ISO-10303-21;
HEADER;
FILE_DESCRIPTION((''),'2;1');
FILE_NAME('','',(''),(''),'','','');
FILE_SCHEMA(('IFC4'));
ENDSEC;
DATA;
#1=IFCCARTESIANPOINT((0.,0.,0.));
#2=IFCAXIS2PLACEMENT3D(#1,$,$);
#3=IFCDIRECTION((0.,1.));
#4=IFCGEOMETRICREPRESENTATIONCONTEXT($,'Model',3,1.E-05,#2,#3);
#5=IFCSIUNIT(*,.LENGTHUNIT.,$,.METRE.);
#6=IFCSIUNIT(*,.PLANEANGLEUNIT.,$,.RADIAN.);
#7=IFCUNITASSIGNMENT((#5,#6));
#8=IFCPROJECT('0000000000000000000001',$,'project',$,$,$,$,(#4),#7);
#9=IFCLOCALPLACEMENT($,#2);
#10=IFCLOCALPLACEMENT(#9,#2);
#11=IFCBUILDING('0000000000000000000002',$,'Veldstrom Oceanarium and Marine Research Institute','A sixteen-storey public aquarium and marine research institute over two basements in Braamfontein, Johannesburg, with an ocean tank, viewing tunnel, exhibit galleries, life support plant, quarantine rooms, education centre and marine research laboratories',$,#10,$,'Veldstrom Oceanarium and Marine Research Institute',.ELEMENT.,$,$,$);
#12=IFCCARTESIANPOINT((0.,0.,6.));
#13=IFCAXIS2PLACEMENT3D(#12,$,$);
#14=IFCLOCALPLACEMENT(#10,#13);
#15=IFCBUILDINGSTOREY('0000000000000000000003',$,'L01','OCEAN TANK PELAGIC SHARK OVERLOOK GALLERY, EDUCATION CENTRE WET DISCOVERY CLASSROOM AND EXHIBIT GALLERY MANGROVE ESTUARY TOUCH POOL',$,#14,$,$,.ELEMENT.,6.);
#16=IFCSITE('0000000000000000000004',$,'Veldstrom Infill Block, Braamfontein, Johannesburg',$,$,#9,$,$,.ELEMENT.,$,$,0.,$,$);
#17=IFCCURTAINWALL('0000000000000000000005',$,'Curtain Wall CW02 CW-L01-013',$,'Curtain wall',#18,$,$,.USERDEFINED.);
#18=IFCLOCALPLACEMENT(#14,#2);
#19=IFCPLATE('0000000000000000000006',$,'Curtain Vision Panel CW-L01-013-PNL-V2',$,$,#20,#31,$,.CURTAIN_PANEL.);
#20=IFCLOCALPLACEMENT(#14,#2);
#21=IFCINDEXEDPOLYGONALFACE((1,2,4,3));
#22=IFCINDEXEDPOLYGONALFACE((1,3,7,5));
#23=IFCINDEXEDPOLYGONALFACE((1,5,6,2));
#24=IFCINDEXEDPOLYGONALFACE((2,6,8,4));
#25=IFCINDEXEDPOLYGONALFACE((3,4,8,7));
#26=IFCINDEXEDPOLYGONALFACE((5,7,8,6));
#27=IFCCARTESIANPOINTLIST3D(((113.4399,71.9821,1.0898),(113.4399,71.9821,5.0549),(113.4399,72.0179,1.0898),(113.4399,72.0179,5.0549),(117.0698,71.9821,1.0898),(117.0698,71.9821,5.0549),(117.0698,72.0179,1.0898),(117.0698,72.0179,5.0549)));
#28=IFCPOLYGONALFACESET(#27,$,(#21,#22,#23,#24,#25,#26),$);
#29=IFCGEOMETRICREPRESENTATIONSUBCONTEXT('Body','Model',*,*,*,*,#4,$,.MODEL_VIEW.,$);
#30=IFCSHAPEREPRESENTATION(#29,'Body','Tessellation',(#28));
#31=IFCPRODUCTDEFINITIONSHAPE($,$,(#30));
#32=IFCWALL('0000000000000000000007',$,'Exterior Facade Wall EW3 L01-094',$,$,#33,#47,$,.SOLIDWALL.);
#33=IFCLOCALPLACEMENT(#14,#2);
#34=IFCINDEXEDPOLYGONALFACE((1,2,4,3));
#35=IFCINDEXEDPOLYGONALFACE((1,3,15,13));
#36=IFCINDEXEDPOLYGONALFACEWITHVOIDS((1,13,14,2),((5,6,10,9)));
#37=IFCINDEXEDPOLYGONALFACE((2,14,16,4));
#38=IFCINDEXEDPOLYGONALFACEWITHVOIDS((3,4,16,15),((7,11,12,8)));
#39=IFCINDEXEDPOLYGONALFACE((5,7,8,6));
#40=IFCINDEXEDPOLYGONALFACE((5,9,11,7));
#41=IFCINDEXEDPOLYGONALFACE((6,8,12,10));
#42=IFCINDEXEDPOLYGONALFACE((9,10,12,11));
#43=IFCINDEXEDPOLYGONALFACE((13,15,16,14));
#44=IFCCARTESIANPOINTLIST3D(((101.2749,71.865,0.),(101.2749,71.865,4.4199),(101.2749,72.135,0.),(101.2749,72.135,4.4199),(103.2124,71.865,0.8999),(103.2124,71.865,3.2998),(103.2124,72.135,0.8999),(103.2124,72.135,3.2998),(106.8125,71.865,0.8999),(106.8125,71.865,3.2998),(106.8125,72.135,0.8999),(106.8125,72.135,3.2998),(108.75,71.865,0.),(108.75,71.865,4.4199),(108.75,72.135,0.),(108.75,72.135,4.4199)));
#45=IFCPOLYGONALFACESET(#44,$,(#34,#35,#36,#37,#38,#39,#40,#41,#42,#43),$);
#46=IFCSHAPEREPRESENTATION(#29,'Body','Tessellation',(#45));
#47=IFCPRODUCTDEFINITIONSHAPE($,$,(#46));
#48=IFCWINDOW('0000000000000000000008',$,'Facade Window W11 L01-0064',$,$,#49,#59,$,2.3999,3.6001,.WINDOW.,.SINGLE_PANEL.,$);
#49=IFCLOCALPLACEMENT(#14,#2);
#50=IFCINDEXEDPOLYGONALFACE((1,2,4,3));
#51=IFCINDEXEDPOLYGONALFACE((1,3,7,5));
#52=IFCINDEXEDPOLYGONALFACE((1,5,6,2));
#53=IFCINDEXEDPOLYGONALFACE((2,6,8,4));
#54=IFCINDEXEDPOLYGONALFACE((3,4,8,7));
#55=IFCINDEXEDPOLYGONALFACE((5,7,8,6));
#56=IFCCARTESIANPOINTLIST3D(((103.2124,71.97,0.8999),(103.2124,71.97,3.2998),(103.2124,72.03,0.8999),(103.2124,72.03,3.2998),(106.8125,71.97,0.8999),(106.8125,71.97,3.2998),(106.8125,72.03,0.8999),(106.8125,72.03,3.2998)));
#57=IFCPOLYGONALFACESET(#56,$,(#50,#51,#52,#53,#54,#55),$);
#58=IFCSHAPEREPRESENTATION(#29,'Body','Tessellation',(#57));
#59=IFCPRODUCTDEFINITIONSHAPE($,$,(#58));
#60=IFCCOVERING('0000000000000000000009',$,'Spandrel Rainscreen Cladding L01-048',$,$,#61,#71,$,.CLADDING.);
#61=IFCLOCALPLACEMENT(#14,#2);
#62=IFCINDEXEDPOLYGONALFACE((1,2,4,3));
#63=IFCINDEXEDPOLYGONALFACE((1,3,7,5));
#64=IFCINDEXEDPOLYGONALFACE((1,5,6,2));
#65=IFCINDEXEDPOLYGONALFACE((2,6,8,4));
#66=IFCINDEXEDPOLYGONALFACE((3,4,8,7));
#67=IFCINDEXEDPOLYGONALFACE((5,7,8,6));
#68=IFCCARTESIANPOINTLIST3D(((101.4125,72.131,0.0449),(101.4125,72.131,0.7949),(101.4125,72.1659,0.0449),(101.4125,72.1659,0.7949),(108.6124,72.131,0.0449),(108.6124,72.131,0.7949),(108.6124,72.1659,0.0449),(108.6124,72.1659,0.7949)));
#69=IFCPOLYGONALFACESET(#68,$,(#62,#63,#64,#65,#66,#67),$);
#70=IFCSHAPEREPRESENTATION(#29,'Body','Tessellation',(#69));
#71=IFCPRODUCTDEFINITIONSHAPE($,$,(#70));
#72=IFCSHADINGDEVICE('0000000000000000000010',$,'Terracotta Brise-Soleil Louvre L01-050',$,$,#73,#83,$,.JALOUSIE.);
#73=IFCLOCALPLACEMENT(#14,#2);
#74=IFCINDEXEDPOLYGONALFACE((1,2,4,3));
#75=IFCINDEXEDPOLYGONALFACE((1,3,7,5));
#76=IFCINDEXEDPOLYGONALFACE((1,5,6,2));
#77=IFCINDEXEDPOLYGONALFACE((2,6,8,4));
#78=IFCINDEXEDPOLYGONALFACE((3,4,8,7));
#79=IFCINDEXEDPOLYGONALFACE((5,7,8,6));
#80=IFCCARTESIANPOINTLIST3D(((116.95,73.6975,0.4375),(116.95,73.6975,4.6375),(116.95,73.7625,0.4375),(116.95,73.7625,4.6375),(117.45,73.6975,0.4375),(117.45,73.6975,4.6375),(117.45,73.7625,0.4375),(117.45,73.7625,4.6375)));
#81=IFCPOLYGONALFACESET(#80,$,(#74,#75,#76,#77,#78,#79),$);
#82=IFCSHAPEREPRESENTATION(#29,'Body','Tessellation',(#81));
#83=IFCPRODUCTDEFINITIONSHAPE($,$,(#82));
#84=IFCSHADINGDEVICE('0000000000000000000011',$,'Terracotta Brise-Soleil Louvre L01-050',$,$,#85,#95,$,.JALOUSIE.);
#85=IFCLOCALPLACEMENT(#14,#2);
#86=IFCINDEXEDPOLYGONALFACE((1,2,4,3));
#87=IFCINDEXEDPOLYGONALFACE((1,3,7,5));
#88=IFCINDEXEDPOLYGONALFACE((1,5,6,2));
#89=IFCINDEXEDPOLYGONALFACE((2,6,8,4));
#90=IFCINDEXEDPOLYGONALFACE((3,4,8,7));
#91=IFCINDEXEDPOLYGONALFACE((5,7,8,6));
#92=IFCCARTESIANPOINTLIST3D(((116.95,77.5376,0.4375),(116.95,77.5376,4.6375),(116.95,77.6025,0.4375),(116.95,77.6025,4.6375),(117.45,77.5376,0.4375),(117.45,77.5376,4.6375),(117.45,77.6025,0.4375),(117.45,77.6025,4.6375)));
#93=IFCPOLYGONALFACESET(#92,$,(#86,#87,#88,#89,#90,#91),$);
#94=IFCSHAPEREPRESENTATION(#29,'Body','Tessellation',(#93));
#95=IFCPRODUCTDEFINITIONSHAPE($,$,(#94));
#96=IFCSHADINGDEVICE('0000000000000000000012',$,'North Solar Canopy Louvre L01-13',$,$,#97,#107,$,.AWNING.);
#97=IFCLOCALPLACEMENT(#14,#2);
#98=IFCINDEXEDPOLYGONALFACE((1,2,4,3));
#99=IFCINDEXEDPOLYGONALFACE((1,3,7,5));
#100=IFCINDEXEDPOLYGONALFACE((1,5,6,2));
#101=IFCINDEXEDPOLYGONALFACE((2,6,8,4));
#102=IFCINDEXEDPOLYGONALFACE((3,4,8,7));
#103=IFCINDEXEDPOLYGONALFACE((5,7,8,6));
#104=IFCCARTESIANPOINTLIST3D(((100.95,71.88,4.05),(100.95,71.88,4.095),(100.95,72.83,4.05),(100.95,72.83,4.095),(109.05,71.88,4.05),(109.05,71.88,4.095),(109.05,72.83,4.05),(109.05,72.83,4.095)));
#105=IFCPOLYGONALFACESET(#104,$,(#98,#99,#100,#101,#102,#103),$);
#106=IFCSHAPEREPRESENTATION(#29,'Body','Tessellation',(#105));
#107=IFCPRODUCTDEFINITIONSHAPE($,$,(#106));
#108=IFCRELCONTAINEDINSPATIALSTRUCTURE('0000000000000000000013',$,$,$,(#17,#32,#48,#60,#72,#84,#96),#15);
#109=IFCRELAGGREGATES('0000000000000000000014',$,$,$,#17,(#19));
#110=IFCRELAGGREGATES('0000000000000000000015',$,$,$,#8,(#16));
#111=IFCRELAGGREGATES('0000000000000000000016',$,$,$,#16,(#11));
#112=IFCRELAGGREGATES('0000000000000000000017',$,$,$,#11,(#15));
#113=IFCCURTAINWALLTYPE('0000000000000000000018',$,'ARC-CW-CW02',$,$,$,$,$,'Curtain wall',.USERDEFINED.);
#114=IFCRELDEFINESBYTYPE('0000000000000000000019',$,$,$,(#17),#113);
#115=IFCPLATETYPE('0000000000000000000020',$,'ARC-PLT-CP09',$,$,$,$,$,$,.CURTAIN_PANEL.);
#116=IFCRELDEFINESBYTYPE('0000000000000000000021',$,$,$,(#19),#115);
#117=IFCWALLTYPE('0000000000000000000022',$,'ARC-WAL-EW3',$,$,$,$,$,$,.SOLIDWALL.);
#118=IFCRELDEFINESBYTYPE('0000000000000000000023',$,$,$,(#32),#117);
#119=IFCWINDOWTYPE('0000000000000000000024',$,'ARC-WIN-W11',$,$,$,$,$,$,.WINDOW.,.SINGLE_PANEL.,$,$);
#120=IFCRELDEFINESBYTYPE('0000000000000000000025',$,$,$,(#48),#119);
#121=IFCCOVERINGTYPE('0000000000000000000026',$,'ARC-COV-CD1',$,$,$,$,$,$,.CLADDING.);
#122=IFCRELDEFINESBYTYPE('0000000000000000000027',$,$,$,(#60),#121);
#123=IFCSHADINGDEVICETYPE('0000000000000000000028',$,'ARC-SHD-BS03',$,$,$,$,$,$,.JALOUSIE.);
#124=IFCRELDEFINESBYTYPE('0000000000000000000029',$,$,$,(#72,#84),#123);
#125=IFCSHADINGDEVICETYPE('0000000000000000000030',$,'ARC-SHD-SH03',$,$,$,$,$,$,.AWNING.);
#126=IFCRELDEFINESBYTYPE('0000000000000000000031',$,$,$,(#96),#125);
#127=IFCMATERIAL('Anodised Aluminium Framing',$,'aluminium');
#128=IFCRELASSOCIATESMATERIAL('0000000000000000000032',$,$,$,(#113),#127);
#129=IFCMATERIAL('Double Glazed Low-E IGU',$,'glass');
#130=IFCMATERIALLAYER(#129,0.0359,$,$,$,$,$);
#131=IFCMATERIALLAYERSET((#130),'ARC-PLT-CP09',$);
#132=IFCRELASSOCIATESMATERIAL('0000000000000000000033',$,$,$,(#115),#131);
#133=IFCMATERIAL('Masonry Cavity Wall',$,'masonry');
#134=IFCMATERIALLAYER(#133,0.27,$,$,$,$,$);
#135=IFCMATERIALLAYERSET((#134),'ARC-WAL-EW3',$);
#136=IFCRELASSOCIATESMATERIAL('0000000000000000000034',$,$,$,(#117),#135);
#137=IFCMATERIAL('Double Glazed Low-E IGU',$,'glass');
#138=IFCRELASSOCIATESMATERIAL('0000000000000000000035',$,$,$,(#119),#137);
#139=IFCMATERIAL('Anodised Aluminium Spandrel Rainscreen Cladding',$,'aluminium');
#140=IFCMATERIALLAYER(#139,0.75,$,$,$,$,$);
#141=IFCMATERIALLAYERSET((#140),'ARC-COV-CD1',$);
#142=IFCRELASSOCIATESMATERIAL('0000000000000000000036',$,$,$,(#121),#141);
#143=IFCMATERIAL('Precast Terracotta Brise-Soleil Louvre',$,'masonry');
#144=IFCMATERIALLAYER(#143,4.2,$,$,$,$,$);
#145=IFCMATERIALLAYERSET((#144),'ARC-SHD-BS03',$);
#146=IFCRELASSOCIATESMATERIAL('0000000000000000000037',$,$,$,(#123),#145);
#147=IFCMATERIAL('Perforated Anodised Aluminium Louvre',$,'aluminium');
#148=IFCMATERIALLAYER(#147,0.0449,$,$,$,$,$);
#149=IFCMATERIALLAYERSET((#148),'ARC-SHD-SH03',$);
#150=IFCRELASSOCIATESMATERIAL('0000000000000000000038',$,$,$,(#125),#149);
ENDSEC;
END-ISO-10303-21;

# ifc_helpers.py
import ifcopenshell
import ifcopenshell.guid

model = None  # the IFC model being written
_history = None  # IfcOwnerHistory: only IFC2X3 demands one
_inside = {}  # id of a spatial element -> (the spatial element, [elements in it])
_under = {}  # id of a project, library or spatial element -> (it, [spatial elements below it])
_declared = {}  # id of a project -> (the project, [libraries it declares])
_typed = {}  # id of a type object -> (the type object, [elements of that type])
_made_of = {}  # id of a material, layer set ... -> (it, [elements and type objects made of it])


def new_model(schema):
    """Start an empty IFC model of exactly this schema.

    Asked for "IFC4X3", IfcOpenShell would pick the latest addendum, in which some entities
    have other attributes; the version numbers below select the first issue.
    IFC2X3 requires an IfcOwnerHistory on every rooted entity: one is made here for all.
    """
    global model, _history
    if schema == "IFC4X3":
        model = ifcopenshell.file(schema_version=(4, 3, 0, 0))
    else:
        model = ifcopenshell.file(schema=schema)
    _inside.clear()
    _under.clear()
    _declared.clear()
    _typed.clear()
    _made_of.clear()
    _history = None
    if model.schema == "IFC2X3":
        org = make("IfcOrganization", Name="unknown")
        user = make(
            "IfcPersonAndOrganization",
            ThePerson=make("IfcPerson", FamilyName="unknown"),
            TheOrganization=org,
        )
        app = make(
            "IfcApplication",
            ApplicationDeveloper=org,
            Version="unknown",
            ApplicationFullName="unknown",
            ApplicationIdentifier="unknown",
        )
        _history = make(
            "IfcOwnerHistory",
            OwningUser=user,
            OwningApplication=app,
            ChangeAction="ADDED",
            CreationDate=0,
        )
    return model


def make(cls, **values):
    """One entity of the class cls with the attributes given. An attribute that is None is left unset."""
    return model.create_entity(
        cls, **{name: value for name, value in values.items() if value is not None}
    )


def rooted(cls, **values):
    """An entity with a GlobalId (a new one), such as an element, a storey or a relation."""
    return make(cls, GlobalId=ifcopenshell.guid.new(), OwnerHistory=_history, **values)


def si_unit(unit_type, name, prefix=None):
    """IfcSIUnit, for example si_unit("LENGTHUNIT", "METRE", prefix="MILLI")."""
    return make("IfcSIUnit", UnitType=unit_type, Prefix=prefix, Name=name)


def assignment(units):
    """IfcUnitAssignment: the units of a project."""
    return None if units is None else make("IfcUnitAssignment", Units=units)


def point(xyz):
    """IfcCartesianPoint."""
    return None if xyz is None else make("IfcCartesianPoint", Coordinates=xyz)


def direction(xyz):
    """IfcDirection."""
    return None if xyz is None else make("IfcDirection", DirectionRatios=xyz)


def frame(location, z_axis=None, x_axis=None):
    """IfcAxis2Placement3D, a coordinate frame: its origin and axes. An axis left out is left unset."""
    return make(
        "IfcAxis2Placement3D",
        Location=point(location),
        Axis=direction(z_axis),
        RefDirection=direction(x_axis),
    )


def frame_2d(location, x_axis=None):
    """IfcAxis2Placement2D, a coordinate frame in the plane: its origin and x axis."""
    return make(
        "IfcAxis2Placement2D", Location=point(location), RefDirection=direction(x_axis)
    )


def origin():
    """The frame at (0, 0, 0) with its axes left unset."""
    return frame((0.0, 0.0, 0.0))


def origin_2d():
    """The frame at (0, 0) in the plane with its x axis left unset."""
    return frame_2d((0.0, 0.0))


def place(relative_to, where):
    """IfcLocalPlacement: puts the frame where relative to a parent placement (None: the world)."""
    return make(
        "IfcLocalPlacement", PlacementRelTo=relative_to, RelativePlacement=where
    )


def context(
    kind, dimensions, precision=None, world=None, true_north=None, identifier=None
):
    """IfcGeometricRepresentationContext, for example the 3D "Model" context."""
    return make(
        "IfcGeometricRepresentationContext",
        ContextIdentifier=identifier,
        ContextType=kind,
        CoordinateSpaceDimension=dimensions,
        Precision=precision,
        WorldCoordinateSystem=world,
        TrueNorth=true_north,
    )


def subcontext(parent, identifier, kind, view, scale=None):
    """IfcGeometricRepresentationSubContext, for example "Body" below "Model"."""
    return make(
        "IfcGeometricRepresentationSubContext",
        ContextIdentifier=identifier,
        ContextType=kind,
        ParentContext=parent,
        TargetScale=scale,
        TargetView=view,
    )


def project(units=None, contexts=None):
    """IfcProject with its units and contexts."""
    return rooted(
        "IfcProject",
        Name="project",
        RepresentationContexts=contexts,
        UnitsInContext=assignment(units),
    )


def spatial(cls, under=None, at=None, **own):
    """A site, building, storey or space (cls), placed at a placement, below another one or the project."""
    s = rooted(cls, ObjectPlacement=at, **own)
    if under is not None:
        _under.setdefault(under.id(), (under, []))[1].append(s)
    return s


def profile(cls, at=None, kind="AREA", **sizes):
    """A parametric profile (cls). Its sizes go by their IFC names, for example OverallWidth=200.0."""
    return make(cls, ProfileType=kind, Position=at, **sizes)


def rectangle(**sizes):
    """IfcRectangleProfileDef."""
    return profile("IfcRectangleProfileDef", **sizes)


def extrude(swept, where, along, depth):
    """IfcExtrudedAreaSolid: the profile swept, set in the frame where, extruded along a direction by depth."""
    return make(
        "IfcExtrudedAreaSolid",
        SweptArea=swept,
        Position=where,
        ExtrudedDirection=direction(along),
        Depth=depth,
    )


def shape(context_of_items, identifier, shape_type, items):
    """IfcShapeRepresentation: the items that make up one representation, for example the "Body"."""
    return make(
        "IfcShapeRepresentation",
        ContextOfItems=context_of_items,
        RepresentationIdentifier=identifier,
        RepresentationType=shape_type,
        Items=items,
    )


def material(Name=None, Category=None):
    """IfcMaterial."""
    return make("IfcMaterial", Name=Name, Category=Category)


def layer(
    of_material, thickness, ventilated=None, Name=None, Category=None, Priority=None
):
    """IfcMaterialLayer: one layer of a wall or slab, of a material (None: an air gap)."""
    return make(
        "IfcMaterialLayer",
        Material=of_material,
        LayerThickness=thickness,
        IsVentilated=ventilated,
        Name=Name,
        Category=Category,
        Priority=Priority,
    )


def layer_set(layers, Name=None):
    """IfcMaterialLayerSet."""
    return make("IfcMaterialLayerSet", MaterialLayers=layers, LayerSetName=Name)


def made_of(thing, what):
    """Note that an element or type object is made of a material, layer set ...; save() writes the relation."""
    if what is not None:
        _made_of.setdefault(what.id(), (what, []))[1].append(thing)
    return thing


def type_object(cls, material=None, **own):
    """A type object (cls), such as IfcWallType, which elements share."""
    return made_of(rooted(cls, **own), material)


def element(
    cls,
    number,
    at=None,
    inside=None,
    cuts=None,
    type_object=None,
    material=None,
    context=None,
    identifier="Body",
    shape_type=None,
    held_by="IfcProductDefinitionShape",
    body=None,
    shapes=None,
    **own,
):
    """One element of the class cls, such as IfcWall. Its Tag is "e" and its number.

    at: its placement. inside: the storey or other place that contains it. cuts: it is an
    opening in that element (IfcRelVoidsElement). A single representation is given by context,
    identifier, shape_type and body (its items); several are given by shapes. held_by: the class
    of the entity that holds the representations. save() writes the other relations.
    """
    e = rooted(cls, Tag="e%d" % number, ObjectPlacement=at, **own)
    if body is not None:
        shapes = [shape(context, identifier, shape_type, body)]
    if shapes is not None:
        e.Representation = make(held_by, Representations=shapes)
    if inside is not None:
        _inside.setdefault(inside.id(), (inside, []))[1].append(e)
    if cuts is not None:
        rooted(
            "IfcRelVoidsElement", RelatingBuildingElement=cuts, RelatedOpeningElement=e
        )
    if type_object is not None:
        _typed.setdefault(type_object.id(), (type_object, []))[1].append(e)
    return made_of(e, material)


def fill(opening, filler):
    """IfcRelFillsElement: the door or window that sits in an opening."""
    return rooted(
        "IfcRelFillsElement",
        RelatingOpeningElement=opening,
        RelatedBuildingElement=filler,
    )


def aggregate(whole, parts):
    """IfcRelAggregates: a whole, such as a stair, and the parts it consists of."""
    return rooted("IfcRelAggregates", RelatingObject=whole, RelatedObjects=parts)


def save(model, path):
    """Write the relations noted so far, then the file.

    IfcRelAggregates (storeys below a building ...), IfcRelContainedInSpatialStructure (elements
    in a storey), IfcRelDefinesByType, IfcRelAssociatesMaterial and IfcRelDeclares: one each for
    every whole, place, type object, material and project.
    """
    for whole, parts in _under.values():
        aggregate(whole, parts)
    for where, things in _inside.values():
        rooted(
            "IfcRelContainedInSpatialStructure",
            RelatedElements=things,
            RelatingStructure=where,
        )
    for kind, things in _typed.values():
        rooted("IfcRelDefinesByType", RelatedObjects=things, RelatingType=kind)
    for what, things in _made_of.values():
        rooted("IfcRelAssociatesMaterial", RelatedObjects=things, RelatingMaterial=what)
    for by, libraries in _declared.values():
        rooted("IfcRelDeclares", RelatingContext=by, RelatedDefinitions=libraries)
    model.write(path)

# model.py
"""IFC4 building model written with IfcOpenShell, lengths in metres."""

from ifc_helpers import new_model, si_unit, direction, frame, frame_2d, origin, origin_2d, place, context, subcontext, project, spatial, rectangle, extrude, material, layer, layer_set, type_object, element, fill, aggregate, save


model = new_model("IFC4")

# Units and contexts
model_context = context("Model", 3, precision=1e-05, world=origin(), true_north=direction((0.0, 1.0)))
body_context = subcontext(model_context, "Body", "Model", "MODEL_VIEW")
ifc_project = project(units=[si_unit("LENGTHUNIT", "METRE"), si_unit("PLANEANGLEUNIT", "RADIAN")], contexts=[model_context])

# Site, building, storey
site_placement = place(None, origin())
site = spatial("IfcSite", under=ifc_project, at=site_placement, Name="Veldstrom Infill Block, Braamfontein, Johannesburg", CompositionType="ELEMENT", RefElevation=0.0)
building_placement = place(site_placement, origin())
building = spatial("IfcBuilding", under=site, at=building_placement, Name="Veldstrom Oceanarium and Marine Research Institute", Description="A sixteen-storey public aquarium and marine research institute over two basements in Braamfontein, Johannesburg, with an ocean tank, viewing tunnel, exhibit galleries, life support plant, quarantine rooms, education centre and marine research laboratories", LongName="Veldstrom Oceanarium and Marine Research Institute", CompositionType="ELEMENT")
storey_placement = place(building_placement, frame((0.0, 0.0, 6.0)))
storey = spatial("IfcBuildingStorey", under=building, at=storey_placement, Name="L01", Description="OCEAN TANK PELAGIC SHARK OVERLOOK GALLERY, EDUCATION CENTRE WET DISCOVERY CLASSROOM AND EXHIBIT GALLERY MANGROVE ESTUARY TOUCH POOL", CompositionType="ELEMENT", Elevation=6.0)

# Shared definitions
ifc_material_1 = material(Name="Anodised Aluminium Framing", Category="aluminium")
curtain_wall_type = type_object("IfcCurtainWallType", Name="ARC-CW-CW02", ElementType="Curtain wall", PredefinedType="USERDEFINED", material=ifc_material_1)

# Curtain wall
curtain_wall_1_placement = place(storey_placement, origin())
curtain_wall_1 = element("IfcCurtainWall", 1, at=curtain_wall_1_placement, inside=storey, type_object=curtain_wall_type, Name="Curtain Wall CW02 CW-L01-013", ObjectType="Curtain wall", PredefinedType="USERDEFINED")

# Plate
ifc_material_2 = material(Name="Double Glazed Low-E IGU", Category="glass")
ifc_layer_1 = layer(ifc_material_2, 0.0359)
ifc_layer_set_1 = layer_set([ifc_layer_1], Name="ARC-PLT-CP09")
plate_type_1 = type_object("IfcPlateType", Name="ARC-PLT-CP09", PredefinedType="CURTAIN_PANEL", material=ifc_layer_set_1)
plate_1_placement = place(storey_placement, frame((115.2549, 72.0, 1.0898), z_axis=(0.0, 0.0, 1.0), x_axis=(1.0, 0.0, 0.0)))
plate_1 = element("IfcPlate", 2, at=plate_1_placement, type_object=plate_type_1, Name="Curtain Vision Panel CW-L01-013-PNL-V2", PredefinedType="CURTAIN_PANEL", context=body_context, shape_type="SweptSolid", body=[
    extrude(rectangle(XDim=3.6299, YDim=0.0359, at=origin_2d()), origin(), (0.0, 0.0, 1.0), 3.9651),
])
aggregate(curtain_wall_1, [plate_1])

# Wall, opening, window
ifc_material_3 = material(Name="Masonry Cavity Wall", Category="masonry")
ifc_layer_2 = layer(ifc_material_3, 0.27)
ifc_layer_set_2 = layer_set([ifc_layer_2], Name="ARC-WAL-EW3")
wall_type = type_object("IfcWallType", Name="ARC-WAL-EW3", PredefinedType="SOLIDWALL", material=ifc_layer_set_2)
wall_placement = place(storey_placement, frame((101.2749, 72.0, 0.0), z_axis=(0.0, 0.0, 1.0), x_axis=(1.0, 0.0, 0.0)))
wall = element("IfcWall", 3, at=wall_placement, inside=storey, type_object=wall_type, Name="Exterior Facade Wall EW3 L01-094", PredefinedType="SOLIDWALL", context=body_context, shape_type="SweptSolid", body=[
    extrude(rectangle(XDim=7.4751, YDim=0.27, at=frame_2d((3.7375, 0.0))), origin(), (0.0, 0.0, 1.0), 4.4199),
])
opening_placement = place(wall_placement, frame((1.9375, 0.0, 0.8999)))
opening = element("IfcOpeningElement", 4, at=opening_placement, cuts=wall, PredefinedType="OPENING", context=body_context, shape_type="SweptSolid", body=[
    extrude(rectangle(XDim=3.6001, YDim=2.3999, at=frame_2d((1.8, 1.2))), frame((0.0, 0.145, 0.0), z_axis=(0.0, -1.0, 0.0), x_axis=(1.0, 0.0, 0.0)), (0.0, 0.0, 1.0), 0.29),
])
ifc_material_4 = material(Name="Double Glazed Low-E IGU", Category="glass")
window_type = type_object("IfcWindowType", Name="ARC-WIN-W11", PartitioningType="SINGLE_PANEL", PredefinedType="WINDOW", material=ifc_material_4)
window_placement = place(opening_placement, origin())
window = element("IfcWindow", 5, at=window_placement, inside=storey, type_object=window_type, Name="Facade Window W11 L01-0064", OverallHeight=2.3999, OverallWidth=3.6001, PartitioningType="SINGLE_PANEL", PredefinedType="WINDOW", context=body_context, shape_type="SweptSolid", body=[
    extrude(rectangle(XDim=3.6001, YDim=2.3999, at=frame_2d((1.8, 1.2))), frame((0.0, 0.03, 0.0), z_axis=(0.0, -1.0, 0.0), x_axis=(1.0, 0.0, 0.0)), (0.0, 0.0, 1.0), 0.0601),
])
fill(opening, window)

# Covering
ifc_material_5 = material(Name="Anodised Aluminium Spandrel Rainscreen Cladding", Category="aluminium")
ifc_layer_3 = layer(ifc_material_5, 0.75)
ifc_layer_set_3 = layer_set([ifc_layer_3], Name="ARC-COV-CD1")
covering_type = type_object("IfcCoveringType", Name="ARC-COV-CD1", PredefinedType="CLADDING", material=ifc_layer_set_3)
covering_placement = place(storey_placement, frame((105.0125, 72.1484, 0.0449), z_axis=(0.0, 0.0, 1.0), x_axis=(1.0, 0.0, 0.0)))
element("IfcCovering", 6, at=covering_placement, inside=storey, type_object=covering_type, Name="Spandrel Rainscreen Cladding L01-048", PredefinedType="CLADDING", context=body_context, shape_type="SweptSolid", body=[
    extrude(rectangle(XDim=7.2, YDim=0.0349, at=origin_2d()), origin(), (0.0, 0.0, 1.0), 0.75),
])

# Shading devices
ifc_material_6 = material(Name="Precast Terracotta Brise-Soleil Louvre", Category="masonry")
ifc_layer_4 = layer(ifc_material_6, 4.2)
ifc_layer_set_4 = layer_set([ifc_layer_4], Name="ARC-SHD-BS03")
shading_device_type_1 = type_object("IfcShadingDeviceType", Name="ARC-SHD-BS03", PredefinedType="JALOUSIE", material=ifc_layer_set_4)
for number, where, z_axis, x_axis, name in (
    (7, (117.2, 73.73, 0.4375), (0.0, 0.0, 1.0), (1.0, 0.0, 0.0), "Terracotta Brise-Soleil Louvre L01-050"),
    (8, (117.2, 77.5701, 0.4375), (0.0, 0.0, 1.0), (1.0, 0.0, 0.0), "Terracotta Brise-Soleil Louvre L01-050"),
):
    element("IfcShadingDevice", number, at=place(storey_placement, frame(where, z_axis=z_axis, x_axis=x_axis)), inside=storey, type_object=shading_device_type_1, Name=name, PredefinedType="JALOUSIE", context=body_context, shape_type="SweptSolid", body=[
        extrude(rectangle(XDim=0.5, YDim=0.0649, at=origin_2d()), origin(), (0.0, 0.0, 1.0), 4.2),
    ])
ifc_material_7 = material(Name="Perforated Anodised Aluminium Louvre", Category="aluminium")
ifc_layer_5 = layer(ifc_material_7, 0.0449)
ifc_layer_set_5 = layer_set([ifc_layer_5], Name="ARC-SHD-SH03")
shading_device_type_2 = type_object("IfcShadingDeviceType", Name="ARC-SHD-SH03", PredefinedType="AWNING", material=ifc_layer_set_5)
shading_device_placement = place(storey_placement, frame((105.0, 72.355, 4.05), z_axis=(0.0, 0.0, 1.0), x_axis=(1.0, 0.0, 0.0)))
element("IfcShadingDevice", 9, at=shading_device_placement, inside=storey, type_object=shading_device_type_2, Name="North Solar Canopy Louvre L01-13", PredefinedType="AWNING", context=body_context, shape_type="SweptSolid", body=[
    extrude(rectangle(XDim=8.1001, YDim=0.95, at=origin_2d()), origin(), (0.0, 0.0, 1.0), 0.0449),
])

save(model, "model.ifc")
